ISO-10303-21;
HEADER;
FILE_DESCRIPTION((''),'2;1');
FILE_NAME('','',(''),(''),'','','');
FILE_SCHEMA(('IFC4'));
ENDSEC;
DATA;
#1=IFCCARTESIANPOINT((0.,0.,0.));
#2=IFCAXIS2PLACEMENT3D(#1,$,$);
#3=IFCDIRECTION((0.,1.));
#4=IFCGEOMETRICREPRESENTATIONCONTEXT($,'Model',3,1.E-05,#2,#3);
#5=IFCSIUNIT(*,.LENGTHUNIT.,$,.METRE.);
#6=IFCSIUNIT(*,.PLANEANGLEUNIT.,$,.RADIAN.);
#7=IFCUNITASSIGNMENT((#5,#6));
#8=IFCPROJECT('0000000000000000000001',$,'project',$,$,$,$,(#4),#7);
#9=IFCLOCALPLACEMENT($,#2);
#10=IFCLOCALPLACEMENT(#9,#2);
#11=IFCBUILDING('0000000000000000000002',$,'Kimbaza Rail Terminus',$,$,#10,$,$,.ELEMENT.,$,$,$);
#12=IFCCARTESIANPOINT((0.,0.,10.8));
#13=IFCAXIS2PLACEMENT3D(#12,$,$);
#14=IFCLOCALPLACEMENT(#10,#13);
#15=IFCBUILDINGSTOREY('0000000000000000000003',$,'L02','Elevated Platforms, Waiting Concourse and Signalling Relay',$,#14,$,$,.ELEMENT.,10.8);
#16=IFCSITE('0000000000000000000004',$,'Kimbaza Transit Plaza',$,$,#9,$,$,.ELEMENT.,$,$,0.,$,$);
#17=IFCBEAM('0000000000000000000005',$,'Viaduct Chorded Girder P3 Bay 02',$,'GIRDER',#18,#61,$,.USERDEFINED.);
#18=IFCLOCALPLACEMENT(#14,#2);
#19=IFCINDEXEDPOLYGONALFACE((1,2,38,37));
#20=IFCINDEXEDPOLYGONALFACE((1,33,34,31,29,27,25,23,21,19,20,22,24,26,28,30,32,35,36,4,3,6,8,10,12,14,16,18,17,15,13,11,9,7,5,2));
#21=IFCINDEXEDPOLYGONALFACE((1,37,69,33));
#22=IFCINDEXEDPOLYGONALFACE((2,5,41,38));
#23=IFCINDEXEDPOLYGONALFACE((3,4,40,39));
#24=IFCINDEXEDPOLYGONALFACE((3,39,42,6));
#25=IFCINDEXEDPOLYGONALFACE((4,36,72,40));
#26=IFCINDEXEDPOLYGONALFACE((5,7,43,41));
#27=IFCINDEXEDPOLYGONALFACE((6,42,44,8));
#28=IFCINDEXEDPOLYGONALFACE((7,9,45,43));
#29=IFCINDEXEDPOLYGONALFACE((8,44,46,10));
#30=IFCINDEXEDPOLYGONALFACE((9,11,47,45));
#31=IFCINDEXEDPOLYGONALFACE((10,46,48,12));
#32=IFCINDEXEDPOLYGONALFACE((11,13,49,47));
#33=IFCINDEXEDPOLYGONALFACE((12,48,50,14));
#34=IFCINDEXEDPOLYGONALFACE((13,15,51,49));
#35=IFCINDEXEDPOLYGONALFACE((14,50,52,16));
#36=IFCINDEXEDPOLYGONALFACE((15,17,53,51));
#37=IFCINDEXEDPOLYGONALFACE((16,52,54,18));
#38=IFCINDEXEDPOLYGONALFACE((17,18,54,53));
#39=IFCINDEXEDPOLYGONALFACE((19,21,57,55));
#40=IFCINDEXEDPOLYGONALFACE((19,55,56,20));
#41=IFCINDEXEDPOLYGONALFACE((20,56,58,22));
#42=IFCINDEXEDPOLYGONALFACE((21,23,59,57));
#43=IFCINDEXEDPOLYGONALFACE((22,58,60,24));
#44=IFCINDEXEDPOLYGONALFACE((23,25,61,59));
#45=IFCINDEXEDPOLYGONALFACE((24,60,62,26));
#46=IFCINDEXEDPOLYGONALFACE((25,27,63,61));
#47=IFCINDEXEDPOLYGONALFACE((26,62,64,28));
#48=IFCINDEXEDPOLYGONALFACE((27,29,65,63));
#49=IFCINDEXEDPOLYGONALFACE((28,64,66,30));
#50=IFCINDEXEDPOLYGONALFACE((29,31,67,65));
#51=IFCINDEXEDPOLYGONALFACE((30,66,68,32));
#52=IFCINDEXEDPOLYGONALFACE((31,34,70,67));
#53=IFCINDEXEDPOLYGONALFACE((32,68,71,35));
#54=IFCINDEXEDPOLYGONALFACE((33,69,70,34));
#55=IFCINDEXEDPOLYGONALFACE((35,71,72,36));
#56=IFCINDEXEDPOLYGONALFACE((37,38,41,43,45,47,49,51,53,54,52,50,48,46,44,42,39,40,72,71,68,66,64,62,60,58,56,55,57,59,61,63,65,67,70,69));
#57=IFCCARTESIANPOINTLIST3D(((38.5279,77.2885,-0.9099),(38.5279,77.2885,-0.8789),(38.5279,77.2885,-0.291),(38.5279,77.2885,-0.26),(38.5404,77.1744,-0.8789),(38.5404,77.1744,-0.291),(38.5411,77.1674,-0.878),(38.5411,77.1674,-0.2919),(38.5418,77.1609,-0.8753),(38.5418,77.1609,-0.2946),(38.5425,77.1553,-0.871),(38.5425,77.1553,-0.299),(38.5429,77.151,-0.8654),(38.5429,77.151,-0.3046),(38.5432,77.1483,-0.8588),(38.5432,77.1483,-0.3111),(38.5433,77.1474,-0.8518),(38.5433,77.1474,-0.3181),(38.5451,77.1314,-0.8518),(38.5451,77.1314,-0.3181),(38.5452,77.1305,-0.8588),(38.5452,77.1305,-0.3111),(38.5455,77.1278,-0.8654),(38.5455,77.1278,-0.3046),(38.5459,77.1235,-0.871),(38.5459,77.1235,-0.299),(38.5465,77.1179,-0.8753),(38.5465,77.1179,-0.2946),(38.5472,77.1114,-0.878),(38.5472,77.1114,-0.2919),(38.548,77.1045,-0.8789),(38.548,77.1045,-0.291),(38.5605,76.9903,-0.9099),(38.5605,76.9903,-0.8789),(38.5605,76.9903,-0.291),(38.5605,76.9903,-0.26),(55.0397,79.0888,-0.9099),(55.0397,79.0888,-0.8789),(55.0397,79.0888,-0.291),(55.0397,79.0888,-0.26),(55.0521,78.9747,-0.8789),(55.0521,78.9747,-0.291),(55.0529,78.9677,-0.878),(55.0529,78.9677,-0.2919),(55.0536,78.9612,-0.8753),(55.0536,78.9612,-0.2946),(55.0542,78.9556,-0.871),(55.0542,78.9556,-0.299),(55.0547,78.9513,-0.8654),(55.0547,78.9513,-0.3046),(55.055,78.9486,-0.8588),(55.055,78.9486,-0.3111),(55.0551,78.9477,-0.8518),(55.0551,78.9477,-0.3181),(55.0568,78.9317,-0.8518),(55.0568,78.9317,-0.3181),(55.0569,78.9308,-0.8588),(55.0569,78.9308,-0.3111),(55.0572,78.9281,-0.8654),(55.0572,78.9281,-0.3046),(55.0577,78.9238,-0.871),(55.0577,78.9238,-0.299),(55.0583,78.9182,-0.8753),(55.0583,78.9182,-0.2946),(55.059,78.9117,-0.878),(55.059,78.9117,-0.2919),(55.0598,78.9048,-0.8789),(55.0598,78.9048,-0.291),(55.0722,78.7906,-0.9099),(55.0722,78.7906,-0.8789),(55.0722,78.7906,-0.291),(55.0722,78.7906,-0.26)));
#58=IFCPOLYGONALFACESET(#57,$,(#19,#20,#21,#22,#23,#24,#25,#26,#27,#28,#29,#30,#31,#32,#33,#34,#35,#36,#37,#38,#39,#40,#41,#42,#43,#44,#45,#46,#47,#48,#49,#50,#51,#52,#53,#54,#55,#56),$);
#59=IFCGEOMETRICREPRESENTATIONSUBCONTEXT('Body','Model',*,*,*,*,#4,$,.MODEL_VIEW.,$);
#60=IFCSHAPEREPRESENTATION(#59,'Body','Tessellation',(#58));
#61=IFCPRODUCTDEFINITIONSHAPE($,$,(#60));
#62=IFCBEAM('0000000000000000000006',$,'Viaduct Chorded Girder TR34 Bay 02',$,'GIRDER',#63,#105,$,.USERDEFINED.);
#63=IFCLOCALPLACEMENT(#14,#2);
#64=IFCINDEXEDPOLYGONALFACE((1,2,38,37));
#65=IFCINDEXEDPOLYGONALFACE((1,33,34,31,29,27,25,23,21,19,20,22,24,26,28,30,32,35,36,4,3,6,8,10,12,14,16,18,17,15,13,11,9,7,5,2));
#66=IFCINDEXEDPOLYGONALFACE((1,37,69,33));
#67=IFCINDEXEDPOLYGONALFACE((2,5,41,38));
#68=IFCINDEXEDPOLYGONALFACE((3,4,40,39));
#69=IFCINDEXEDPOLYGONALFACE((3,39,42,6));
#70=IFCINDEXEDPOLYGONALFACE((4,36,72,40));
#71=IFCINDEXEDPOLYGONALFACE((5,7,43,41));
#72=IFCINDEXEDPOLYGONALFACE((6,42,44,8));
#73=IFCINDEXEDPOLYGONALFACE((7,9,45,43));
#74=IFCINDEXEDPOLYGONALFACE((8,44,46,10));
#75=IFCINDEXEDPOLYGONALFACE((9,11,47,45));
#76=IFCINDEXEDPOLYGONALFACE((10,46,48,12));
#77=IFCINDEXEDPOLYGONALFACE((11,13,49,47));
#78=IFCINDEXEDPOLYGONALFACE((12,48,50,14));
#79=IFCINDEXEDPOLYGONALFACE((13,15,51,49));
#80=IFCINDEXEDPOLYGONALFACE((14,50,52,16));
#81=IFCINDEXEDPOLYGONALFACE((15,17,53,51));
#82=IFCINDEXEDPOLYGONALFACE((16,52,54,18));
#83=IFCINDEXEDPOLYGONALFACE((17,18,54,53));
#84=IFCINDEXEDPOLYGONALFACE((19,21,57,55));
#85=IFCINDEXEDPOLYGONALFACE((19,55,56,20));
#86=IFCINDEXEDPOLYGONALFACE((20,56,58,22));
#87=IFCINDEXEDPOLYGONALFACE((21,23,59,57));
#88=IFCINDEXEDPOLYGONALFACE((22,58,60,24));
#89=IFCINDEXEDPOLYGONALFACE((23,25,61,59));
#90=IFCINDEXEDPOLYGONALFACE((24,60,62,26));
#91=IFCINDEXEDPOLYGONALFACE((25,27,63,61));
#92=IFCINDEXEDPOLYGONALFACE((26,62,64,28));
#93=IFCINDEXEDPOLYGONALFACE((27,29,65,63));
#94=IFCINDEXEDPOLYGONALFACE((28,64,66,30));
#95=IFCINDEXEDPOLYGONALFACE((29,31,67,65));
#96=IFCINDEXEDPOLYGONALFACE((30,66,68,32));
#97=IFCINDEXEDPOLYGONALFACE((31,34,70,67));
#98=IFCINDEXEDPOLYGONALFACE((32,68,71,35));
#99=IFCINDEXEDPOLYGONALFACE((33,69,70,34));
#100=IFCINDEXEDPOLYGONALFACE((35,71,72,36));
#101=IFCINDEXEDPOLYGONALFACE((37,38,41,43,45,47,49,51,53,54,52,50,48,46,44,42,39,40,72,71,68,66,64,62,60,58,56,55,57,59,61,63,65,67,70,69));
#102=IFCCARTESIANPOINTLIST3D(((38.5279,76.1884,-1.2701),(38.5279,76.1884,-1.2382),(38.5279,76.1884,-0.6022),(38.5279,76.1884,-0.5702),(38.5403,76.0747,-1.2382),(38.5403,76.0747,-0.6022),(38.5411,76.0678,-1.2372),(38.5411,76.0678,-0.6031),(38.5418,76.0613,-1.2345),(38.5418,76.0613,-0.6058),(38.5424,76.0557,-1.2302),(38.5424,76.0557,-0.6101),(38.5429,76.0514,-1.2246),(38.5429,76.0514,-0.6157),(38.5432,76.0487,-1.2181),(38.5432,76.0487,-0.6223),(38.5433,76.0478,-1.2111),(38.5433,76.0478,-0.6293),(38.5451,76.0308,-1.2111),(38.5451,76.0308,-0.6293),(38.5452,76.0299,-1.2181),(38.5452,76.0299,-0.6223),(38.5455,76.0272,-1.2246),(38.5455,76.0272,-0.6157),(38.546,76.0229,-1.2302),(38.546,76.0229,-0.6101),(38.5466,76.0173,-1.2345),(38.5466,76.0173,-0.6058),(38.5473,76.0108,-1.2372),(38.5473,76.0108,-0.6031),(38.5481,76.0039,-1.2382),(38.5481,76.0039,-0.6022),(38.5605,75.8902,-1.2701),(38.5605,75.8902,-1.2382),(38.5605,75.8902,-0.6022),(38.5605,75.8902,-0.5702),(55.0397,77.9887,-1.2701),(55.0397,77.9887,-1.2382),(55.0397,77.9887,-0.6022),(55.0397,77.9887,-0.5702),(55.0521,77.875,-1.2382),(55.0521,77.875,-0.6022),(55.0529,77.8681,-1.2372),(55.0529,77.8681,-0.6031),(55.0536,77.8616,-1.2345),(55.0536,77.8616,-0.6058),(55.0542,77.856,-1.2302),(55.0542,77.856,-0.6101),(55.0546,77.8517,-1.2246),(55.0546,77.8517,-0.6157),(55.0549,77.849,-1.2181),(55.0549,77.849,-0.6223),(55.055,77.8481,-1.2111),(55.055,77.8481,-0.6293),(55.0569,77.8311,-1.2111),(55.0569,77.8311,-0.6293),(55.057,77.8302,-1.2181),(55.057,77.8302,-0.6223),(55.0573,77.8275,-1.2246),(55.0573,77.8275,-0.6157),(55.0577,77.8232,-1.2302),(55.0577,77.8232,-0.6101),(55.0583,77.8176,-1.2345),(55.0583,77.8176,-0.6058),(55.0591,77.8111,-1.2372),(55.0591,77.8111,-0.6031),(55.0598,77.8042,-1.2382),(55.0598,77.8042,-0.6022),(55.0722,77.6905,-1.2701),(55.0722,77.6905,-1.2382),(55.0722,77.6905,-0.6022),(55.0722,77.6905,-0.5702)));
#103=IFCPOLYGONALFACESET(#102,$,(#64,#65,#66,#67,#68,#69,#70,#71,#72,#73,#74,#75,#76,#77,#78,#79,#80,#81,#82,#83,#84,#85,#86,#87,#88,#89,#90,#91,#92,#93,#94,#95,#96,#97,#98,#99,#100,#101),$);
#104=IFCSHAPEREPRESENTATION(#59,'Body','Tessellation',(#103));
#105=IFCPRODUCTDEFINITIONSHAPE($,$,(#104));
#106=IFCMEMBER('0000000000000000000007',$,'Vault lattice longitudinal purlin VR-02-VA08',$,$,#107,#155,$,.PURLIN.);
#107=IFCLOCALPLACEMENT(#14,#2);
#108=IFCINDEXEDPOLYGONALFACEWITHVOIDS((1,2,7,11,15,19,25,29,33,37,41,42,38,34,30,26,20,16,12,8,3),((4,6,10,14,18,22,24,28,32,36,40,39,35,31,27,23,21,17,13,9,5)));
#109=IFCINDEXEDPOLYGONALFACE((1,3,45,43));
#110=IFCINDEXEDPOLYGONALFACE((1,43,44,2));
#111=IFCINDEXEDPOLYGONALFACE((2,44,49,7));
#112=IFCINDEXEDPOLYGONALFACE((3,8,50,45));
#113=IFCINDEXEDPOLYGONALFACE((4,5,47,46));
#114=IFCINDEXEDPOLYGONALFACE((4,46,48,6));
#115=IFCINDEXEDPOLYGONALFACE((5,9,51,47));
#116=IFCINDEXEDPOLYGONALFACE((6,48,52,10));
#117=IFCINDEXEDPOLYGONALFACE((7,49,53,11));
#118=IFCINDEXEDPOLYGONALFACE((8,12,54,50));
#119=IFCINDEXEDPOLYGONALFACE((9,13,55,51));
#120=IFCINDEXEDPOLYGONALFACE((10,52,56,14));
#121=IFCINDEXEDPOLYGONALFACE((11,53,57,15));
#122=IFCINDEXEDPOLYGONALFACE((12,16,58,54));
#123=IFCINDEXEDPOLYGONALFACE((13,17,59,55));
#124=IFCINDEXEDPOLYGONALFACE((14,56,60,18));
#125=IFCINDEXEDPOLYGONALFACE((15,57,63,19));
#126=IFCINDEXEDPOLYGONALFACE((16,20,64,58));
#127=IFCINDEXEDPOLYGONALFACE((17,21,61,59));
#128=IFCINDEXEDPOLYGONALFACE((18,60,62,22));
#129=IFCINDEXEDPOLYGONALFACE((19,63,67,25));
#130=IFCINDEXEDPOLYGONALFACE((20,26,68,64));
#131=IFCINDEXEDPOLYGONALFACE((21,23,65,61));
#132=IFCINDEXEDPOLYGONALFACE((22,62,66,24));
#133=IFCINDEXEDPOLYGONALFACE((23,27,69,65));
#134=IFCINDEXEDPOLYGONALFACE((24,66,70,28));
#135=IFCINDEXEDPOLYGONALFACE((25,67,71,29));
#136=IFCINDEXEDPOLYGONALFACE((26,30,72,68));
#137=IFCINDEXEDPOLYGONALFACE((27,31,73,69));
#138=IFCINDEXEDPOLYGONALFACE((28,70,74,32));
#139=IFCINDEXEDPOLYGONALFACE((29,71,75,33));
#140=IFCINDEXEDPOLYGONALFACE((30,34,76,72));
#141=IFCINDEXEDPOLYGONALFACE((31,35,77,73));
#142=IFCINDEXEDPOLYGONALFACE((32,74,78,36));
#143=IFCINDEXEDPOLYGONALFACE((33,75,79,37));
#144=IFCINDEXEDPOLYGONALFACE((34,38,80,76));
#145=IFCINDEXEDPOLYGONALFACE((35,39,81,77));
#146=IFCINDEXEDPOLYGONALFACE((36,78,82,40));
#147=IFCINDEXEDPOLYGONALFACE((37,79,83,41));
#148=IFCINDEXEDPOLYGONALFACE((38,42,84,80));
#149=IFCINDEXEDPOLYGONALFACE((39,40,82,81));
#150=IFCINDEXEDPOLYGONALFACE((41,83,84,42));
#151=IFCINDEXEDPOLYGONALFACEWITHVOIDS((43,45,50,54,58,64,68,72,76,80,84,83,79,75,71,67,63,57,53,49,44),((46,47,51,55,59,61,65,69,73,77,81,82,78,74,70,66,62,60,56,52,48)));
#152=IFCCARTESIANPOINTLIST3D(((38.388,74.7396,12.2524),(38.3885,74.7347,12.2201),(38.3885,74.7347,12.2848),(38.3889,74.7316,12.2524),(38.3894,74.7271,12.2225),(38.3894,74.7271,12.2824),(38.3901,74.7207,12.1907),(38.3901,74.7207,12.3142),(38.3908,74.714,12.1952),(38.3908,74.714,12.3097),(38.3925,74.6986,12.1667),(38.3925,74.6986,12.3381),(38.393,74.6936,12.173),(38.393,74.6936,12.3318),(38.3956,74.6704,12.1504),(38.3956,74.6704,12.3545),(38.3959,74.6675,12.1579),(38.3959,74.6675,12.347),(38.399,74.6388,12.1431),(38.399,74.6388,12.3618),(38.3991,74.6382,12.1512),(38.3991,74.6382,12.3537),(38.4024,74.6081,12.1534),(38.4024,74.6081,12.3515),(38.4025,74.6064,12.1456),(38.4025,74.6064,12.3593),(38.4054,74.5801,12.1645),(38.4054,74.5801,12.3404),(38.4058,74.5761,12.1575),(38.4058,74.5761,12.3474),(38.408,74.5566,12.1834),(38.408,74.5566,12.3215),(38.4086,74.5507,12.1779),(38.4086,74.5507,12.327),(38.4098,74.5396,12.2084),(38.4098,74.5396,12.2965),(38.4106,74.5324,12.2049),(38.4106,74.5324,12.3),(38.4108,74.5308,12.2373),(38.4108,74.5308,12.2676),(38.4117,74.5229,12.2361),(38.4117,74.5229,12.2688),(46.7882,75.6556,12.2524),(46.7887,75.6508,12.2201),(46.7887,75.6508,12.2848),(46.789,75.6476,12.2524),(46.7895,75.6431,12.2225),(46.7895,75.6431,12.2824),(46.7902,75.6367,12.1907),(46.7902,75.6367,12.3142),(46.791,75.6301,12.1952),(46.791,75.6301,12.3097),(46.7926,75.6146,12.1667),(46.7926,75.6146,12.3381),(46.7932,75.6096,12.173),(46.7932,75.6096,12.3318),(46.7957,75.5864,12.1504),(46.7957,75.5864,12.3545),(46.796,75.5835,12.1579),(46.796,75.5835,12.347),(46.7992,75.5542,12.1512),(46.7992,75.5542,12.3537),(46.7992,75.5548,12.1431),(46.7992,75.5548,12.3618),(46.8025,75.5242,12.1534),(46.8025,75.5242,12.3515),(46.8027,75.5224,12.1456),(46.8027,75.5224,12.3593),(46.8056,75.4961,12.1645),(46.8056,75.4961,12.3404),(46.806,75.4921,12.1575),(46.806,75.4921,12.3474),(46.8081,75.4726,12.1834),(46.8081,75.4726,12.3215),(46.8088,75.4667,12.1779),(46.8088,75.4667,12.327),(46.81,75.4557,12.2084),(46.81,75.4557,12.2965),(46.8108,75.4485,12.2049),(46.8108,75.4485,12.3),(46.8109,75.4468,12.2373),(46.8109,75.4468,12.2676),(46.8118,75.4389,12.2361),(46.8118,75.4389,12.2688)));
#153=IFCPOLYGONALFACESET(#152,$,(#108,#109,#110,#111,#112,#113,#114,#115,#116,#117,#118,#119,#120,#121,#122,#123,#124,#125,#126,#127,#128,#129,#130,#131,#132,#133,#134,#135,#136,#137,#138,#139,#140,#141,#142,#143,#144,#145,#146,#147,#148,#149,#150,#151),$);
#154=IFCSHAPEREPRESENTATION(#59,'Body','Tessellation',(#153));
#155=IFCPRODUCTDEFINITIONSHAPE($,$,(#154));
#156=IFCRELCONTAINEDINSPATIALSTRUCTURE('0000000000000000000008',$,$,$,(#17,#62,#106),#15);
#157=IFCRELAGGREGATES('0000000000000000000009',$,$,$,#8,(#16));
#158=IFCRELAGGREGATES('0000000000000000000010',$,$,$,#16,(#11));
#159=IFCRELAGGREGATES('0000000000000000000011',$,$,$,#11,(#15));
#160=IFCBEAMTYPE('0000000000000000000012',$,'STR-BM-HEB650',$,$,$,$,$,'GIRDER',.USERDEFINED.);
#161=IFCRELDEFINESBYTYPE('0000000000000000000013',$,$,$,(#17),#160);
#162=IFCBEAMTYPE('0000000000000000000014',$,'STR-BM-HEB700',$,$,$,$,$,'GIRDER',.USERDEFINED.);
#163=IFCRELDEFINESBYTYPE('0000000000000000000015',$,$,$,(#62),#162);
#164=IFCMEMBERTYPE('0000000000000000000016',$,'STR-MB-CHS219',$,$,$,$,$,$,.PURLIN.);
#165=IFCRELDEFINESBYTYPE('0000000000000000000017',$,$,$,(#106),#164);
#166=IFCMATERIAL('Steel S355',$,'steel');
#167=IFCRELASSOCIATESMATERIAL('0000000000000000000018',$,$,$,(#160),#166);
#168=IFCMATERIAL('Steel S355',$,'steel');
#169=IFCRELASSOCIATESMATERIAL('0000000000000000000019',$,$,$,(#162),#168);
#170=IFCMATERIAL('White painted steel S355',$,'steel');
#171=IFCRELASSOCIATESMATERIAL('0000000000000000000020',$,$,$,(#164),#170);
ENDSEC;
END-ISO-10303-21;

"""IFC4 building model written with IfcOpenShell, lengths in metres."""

from ifc_helpers import new_model, si_unit, direction, frame, origin, origin_2d, place, context, subcontext, project, spatial, hollow_circle, i_section, extrude, material, material_profile, profile_set, type_object, element, save


model = new_model("IFC4")

# Units and contexts
model_context = context("Model", 3, precision=1e-05, world=origin(), true_north=direction((0.0, 1.0)))
body_context = subcontext(model_context, "Body", "Model", "MODEL_VIEW")
ifc_project = project(units=[si_unit("LENGTHUNIT", "METRE"), si_unit("PLANEANGLEUNIT", "RADIAN")], contexts=[model_context])

# Site, building, storey
site_placement = place(None, origin())
site = spatial("IfcSite", under=ifc_project, at=site_placement, Name="Kimbaza Transit Plaza", CompositionType="ELEMENT", RefElevation=0.0)
building_placement = place(site_placement, origin())
building = spatial("IfcBuilding", under=site, at=building_placement, Name="Kimbaza Rail Terminus", CompositionType="ELEMENT")
storey_placement = place(building_placement, frame((0.0, 0.0, 10.8)))
storey = spatial("IfcBuildingStorey", under=building, at=storey_placement, Name="L02", Description="Elevated Platforms, Waiting Concourse and Signalling Relay", CompositionType="ELEMENT", Elevation=10.8)

# Beams
ifc_material_1 = material(Name="Steel S355", Category="steel")
ifc_material_profile_1 = material_profile(ifc_material_1, i_section(OverallWidth=0.3, OverallDepth=0.6499, WebThickness=0.0161, FlangeThickness=0.031, FilletRadius=0.0271, at=origin_2d()), Name="HEB 650")
ifc_profile_set_1 = profile_set([ifc_material_profile_1], Name="Steel S355")
beam_type_1 = type_object("IfcBeamType", Name="STR-BM-HEB650", ElementType="GIRDER", PredefinedType="USERDEFINED", material=ifc_profile_set_1)
beam_1_placement = place(storey_placement, frame((38.5442, 77.1394, -0.585), z_axis=(0.994109, 0.108389, 0.0), x_axis=(-0.108389, 0.994109, 0.0)))
element("IfcBeam", 1, at=beam_1_placement, inside=storey, type_object=beam_type_1, Name="Viaduct Chorded Girder P3 Bay 02", ObjectType="GIRDER", PredefinedType="USERDEFINED", context=body_context, shape_type="SweptSolid", body=[
    extrude(i_section(OverallWidth=0.3, OverallDepth=0.6499, WebThickness=0.0161, FlangeThickness=0.031, FilletRadius=0.0271, at=origin_2d()), origin(), (0.0, 0.0, 1.0), 16.6096),
])
ifc_material_2 = material(Name="Steel S355", Category="steel")
ifc_material_profile_2 = material_profile(ifc_material_2, i_section(OverallWidth=0.3, OverallDepth=0.7, WebThickness=0.0171, FlangeThickness=0.032, FilletRadius=0.0271, at=origin_2d()), Name="HEB 700")
ifc_profile_set_2 = profile_set([ifc_material_profile_2], Name="Steel S355")
beam_type_2 = type_object("IfcBeamType", Name="STR-BM-HEB700", ElementType="GIRDER", PredefinedType="USERDEFINED", material=ifc_profile_set_2)
beam_2_placement = place(storey_placement, frame((38.5442, 76.0393, -0.9202), z_axis=(0.994109, 0.108389, 0.0), x_axis=(-0.108389, 0.994109, 0.0)))
element("IfcBeam", 2, at=beam_2_placement, inside=storey, type_object=beam_type_2, Name="Viaduct Chorded Girder TR34 Bay 02", ObjectType="GIRDER", PredefinedType="USERDEFINED", context=body_context, shape_type="SweptSolid", body=[
    extrude(i_section(OverallWidth=0.3, OverallDepth=0.7, WebThickness=0.0171, FlangeThickness=0.032, FilletRadius=0.0271, at=origin_2d()), origin(), (0.0, 0.0, 1.0), 16.6096),
])

# Member
ifc_material_3 = material(Name="White painted steel S355", Category="steel")
ifc_material_profile_3 = material_profile(ifc_material_3, hollow_circle(Radius=0.1096, WallThickness=0.0081, at=origin_2d()), Name="CHS 219.1x8")
ifc_profile_set_3 = profile_set([ifc_material_profile_3], Name="White painted steel S355")
member_type_1 = type_object("IfcMemberType", Name="STR-MB-CHS219", PredefinedType="PURLIN", material=ifc_profile_set_3)
for number, where, z_axis, x_axis, name in (
    (3, (38.3999, 74.6306, 12.2524), (0.994107, 0.108405, 0.0), (-0.108405, 0.994107, 0.0), "Vault lattice longitudinal purlin VR-02-VA08"),
):
    element("IfcMember", number, at=place(storey_placement, frame(where, z_axis=z_axis, x_axis=x_axis)), inside=storey, type_object=member_type_1, Name=name, PredefinedType="PURLIN", context=body_context, shape_type="SweptSolid", body=[
        extrude(hollow_circle(Radius=0.1096, WallThickness=0.0081, at=origin_2d()), origin(), (0.0, 0.0, 1.0), 8.45),
    ])

save(model, "model.ifc")
